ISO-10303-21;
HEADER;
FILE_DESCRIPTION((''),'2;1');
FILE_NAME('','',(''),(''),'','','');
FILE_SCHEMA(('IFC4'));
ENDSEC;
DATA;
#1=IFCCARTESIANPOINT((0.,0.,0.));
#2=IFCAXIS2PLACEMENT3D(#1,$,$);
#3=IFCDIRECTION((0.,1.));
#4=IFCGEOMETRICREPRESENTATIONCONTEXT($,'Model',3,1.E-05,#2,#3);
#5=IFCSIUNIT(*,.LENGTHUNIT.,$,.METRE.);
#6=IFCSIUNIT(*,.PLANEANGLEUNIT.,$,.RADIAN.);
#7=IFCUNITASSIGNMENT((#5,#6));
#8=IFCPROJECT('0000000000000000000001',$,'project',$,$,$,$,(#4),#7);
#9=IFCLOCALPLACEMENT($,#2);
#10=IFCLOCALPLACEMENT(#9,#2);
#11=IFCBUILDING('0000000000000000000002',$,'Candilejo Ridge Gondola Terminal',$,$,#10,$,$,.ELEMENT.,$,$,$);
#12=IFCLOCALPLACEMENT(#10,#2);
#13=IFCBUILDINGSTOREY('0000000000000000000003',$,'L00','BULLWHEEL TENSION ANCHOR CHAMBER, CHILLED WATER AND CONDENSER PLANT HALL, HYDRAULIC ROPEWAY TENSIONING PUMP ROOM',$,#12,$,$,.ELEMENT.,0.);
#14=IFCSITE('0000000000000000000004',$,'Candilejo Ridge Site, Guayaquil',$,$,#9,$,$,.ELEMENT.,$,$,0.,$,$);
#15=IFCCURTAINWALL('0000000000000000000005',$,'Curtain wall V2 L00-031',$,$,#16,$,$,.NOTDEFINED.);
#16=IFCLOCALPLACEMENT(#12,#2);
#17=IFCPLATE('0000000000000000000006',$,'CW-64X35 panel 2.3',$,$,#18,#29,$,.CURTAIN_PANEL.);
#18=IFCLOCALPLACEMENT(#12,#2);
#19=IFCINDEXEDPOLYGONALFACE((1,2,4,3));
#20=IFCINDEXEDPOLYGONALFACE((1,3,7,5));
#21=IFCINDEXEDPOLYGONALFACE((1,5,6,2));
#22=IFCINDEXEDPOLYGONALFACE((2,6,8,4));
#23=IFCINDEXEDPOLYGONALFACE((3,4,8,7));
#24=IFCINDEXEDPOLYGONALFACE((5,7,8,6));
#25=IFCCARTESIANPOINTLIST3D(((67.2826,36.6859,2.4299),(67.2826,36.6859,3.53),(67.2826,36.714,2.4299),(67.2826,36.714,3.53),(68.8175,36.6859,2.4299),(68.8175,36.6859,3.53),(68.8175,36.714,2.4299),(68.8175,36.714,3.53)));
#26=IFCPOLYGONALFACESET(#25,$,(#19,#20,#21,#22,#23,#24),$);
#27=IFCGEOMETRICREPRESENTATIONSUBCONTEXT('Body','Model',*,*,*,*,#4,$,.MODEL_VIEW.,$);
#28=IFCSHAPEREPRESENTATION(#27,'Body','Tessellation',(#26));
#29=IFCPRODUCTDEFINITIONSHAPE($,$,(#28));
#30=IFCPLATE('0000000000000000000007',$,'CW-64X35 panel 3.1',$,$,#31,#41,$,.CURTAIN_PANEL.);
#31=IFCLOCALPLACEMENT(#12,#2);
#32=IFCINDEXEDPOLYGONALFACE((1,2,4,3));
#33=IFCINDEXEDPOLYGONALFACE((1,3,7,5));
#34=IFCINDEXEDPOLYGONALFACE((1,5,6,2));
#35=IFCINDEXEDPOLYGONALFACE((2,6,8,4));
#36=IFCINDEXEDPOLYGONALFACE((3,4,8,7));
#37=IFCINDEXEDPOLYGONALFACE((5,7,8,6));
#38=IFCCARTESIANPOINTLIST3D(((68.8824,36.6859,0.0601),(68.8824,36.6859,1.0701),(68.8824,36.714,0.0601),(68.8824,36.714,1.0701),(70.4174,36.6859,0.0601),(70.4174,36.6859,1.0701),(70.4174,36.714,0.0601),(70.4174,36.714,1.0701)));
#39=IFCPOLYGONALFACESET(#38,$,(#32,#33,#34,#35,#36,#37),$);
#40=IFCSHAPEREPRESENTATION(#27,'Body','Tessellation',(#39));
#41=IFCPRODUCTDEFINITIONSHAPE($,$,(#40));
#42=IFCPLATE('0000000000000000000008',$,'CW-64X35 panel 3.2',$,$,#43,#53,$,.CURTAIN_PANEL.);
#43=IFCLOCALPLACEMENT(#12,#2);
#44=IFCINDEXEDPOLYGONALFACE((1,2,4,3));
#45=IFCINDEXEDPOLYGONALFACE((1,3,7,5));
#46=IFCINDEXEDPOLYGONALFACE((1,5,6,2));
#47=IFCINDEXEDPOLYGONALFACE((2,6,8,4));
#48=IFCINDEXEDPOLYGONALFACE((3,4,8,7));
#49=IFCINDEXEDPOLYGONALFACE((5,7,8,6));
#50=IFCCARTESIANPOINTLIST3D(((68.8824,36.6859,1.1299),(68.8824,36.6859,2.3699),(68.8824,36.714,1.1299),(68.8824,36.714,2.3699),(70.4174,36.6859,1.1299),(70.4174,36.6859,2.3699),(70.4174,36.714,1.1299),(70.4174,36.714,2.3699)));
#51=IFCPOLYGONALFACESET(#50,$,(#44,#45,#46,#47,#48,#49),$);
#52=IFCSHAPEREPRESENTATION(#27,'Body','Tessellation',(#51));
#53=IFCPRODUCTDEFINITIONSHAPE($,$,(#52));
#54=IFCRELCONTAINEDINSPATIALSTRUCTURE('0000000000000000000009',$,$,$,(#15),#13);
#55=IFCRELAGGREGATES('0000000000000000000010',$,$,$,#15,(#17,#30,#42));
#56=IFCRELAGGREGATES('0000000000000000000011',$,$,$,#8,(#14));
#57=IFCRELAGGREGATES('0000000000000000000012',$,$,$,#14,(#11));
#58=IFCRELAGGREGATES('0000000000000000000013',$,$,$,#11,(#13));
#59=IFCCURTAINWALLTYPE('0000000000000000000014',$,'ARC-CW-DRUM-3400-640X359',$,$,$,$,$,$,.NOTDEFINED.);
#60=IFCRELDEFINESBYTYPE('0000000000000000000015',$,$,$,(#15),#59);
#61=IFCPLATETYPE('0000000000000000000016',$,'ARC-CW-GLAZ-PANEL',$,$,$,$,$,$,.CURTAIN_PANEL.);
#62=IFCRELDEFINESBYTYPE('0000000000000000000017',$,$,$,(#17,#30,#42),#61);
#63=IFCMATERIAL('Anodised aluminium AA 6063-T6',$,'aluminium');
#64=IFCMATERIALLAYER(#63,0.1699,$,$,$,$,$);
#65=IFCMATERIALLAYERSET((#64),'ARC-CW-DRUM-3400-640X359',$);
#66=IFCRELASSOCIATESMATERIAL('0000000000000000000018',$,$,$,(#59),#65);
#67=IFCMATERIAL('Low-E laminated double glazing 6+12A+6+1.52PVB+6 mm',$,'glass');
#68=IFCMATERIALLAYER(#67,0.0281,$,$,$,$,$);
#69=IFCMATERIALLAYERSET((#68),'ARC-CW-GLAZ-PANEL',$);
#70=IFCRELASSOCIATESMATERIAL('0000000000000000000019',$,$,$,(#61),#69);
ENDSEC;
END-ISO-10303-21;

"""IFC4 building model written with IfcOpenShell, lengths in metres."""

from ifc_helpers import new_model, si_unit, direction, frame, origin, origin_2d, place, context, subcontext, project, spatial, rectangle, extrude, material, layer, layer_set, type_object, element, aggregate, save


model = new_model("IFC4")

# Units and contexts
model_context = context("Model", 3, precision=1e-05, world=origin(), true_north=direction((0.0, 1.0)))
body_context = subcontext(model_context, "Body", "Model", "MODEL_VIEW")
ifc_project = project(units=[si_unit("LENGTHUNIT", "METRE"), si_unit("PLANEANGLEUNIT", "RADIAN")], contexts=[model_context])

# Site, building, storey
site_placement = place(None, origin())
site = spatial("IfcSite", under=ifc_project, at=site_placement, Name="Candilejo Ridge Site, Guayaquil", CompositionType="ELEMENT", RefElevation=0.0)
building_placement = place(site_placement, origin())
building = spatial("IfcBuilding", under=site, at=building_placement, Name="Candilejo Ridge Gondola Terminal", CompositionType="ELEMENT")
storey_placement = place(building_placement, origin())
storey = spatial("IfcBuildingStorey", under=building, at=storey_placement, Name="L00", Description="BULLWHEEL TENSION ANCHOR CHAMBER, CHILLED WATER AND CONDENSER PLANT HALL, HYDRAULIC ROPEWAY TENSIONING PUMP ROOM", CompositionType="ELEMENT", Elevation=0.0)

# Curtain wall
ifc_material_1 = material(Name="Anodised aluminium AA 6063-T6", Category="aluminium")
ifc_layer_1 = layer(ifc_material_1, 0.1699)
ifc_layer_set_1 = layer_set([ifc_layer_1], Name="ARC-CW-DRUM-3400-640X359")
curtain_wall_type = type_object("IfcCurtainWallType", Name="ARC-CW-DRUM-3400-640X359", PredefinedType="NOTDEFINED", material=ifc_layer_set_1)
curtain_wall_placement = place(storey_placement, origin())
curtain_wall = element("IfcCurtainWall", 1, at=curtain_wall_placement, inside=storey, type_object=curtain_wall_type, Name="Curtain wall V2 L00-031", PredefinedType="NOTDEFINED")

# Plates
ifc_material_2 = material(Name="Low-E laminated double glazing 6+12A+6+1.52PVB+6 mm", Category="glass")
ifc_layer_2 = layer(ifc_material_2, 0.0281)
ifc_layer_set_2 = layer_set([ifc_layer_2], Name="ARC-CW-GLAZ-PANEL")
plate_type = type_object("IfcPlateType", Name="ARC-CW-GLAZ-PANEL", PredefinedType="CURTAIN_PANEL", material=ifc_layer_set_2)
plate_1_placement = place(storey_placement, frame((68.05, 36.7, 2.4299), z_axis=(0.0, 0.0, 1.0), x_axis=(1.0, 0.0, 0.0)))
plate_1 = element("IfcPlate", 2, at=plate_1_placement, type_object=plate_type, Name="CW-64X35 panel 2.3", PredefinedType="CURTAIN_PANEL", context=body_context, shape_type="SweptSolid", body=[
    extrude(rectangle(XDim=1.5349, YDim=0.0281, at=origin_2d()), origin(), (0.0, 0.0, 1.0), 1.1001),
])
plate_2_placement = place(storey_placement, frame((69.6499, 36.7, 0.0601), z_axis=(0.0, 0.0, 1.0), x_axis=(1.0, 0.0, 0.0)))
plate_2 = element("IfcPlate", 3, at=plate_2_placement, type_object=plate_type, Name="CW-64X35 panel 3.1", PredefinedType="CURTAIN_PANEL", context=body_context, shape_type="SweptSolid", body=[
    extrude(rectangle(XDim=1.5349, YDim=0.0281, at=origin_2d()), origin(), (0.0, 0.0, 1.0), 1.01),
])
plate_3_placement = place(storey_placement, frame((69.6499, 36.7, 1.1299), z_axis=(0.0, 0.0, 1.0), x_axis=(1.0, 0.0, 0.0)))
plate_3 = element("IfcPlate", 4, at=plate_3_placement, type_object=plate_type, Name="CW-64X35 panel 3.2", PredefinedType="CURTAIN_PANEL", context=body_context, shape_type="SweptSolid", body=[
    extrude(rectangle(XDim=1.5349, YDim=0.0281, at=origin_2d()), origin(), (0.0, 0.0, 1.0), 1.24),
])
aggregate(curtain_wall, [plate_1, plate_2, plate_3])

save(model, "model.ifc")
